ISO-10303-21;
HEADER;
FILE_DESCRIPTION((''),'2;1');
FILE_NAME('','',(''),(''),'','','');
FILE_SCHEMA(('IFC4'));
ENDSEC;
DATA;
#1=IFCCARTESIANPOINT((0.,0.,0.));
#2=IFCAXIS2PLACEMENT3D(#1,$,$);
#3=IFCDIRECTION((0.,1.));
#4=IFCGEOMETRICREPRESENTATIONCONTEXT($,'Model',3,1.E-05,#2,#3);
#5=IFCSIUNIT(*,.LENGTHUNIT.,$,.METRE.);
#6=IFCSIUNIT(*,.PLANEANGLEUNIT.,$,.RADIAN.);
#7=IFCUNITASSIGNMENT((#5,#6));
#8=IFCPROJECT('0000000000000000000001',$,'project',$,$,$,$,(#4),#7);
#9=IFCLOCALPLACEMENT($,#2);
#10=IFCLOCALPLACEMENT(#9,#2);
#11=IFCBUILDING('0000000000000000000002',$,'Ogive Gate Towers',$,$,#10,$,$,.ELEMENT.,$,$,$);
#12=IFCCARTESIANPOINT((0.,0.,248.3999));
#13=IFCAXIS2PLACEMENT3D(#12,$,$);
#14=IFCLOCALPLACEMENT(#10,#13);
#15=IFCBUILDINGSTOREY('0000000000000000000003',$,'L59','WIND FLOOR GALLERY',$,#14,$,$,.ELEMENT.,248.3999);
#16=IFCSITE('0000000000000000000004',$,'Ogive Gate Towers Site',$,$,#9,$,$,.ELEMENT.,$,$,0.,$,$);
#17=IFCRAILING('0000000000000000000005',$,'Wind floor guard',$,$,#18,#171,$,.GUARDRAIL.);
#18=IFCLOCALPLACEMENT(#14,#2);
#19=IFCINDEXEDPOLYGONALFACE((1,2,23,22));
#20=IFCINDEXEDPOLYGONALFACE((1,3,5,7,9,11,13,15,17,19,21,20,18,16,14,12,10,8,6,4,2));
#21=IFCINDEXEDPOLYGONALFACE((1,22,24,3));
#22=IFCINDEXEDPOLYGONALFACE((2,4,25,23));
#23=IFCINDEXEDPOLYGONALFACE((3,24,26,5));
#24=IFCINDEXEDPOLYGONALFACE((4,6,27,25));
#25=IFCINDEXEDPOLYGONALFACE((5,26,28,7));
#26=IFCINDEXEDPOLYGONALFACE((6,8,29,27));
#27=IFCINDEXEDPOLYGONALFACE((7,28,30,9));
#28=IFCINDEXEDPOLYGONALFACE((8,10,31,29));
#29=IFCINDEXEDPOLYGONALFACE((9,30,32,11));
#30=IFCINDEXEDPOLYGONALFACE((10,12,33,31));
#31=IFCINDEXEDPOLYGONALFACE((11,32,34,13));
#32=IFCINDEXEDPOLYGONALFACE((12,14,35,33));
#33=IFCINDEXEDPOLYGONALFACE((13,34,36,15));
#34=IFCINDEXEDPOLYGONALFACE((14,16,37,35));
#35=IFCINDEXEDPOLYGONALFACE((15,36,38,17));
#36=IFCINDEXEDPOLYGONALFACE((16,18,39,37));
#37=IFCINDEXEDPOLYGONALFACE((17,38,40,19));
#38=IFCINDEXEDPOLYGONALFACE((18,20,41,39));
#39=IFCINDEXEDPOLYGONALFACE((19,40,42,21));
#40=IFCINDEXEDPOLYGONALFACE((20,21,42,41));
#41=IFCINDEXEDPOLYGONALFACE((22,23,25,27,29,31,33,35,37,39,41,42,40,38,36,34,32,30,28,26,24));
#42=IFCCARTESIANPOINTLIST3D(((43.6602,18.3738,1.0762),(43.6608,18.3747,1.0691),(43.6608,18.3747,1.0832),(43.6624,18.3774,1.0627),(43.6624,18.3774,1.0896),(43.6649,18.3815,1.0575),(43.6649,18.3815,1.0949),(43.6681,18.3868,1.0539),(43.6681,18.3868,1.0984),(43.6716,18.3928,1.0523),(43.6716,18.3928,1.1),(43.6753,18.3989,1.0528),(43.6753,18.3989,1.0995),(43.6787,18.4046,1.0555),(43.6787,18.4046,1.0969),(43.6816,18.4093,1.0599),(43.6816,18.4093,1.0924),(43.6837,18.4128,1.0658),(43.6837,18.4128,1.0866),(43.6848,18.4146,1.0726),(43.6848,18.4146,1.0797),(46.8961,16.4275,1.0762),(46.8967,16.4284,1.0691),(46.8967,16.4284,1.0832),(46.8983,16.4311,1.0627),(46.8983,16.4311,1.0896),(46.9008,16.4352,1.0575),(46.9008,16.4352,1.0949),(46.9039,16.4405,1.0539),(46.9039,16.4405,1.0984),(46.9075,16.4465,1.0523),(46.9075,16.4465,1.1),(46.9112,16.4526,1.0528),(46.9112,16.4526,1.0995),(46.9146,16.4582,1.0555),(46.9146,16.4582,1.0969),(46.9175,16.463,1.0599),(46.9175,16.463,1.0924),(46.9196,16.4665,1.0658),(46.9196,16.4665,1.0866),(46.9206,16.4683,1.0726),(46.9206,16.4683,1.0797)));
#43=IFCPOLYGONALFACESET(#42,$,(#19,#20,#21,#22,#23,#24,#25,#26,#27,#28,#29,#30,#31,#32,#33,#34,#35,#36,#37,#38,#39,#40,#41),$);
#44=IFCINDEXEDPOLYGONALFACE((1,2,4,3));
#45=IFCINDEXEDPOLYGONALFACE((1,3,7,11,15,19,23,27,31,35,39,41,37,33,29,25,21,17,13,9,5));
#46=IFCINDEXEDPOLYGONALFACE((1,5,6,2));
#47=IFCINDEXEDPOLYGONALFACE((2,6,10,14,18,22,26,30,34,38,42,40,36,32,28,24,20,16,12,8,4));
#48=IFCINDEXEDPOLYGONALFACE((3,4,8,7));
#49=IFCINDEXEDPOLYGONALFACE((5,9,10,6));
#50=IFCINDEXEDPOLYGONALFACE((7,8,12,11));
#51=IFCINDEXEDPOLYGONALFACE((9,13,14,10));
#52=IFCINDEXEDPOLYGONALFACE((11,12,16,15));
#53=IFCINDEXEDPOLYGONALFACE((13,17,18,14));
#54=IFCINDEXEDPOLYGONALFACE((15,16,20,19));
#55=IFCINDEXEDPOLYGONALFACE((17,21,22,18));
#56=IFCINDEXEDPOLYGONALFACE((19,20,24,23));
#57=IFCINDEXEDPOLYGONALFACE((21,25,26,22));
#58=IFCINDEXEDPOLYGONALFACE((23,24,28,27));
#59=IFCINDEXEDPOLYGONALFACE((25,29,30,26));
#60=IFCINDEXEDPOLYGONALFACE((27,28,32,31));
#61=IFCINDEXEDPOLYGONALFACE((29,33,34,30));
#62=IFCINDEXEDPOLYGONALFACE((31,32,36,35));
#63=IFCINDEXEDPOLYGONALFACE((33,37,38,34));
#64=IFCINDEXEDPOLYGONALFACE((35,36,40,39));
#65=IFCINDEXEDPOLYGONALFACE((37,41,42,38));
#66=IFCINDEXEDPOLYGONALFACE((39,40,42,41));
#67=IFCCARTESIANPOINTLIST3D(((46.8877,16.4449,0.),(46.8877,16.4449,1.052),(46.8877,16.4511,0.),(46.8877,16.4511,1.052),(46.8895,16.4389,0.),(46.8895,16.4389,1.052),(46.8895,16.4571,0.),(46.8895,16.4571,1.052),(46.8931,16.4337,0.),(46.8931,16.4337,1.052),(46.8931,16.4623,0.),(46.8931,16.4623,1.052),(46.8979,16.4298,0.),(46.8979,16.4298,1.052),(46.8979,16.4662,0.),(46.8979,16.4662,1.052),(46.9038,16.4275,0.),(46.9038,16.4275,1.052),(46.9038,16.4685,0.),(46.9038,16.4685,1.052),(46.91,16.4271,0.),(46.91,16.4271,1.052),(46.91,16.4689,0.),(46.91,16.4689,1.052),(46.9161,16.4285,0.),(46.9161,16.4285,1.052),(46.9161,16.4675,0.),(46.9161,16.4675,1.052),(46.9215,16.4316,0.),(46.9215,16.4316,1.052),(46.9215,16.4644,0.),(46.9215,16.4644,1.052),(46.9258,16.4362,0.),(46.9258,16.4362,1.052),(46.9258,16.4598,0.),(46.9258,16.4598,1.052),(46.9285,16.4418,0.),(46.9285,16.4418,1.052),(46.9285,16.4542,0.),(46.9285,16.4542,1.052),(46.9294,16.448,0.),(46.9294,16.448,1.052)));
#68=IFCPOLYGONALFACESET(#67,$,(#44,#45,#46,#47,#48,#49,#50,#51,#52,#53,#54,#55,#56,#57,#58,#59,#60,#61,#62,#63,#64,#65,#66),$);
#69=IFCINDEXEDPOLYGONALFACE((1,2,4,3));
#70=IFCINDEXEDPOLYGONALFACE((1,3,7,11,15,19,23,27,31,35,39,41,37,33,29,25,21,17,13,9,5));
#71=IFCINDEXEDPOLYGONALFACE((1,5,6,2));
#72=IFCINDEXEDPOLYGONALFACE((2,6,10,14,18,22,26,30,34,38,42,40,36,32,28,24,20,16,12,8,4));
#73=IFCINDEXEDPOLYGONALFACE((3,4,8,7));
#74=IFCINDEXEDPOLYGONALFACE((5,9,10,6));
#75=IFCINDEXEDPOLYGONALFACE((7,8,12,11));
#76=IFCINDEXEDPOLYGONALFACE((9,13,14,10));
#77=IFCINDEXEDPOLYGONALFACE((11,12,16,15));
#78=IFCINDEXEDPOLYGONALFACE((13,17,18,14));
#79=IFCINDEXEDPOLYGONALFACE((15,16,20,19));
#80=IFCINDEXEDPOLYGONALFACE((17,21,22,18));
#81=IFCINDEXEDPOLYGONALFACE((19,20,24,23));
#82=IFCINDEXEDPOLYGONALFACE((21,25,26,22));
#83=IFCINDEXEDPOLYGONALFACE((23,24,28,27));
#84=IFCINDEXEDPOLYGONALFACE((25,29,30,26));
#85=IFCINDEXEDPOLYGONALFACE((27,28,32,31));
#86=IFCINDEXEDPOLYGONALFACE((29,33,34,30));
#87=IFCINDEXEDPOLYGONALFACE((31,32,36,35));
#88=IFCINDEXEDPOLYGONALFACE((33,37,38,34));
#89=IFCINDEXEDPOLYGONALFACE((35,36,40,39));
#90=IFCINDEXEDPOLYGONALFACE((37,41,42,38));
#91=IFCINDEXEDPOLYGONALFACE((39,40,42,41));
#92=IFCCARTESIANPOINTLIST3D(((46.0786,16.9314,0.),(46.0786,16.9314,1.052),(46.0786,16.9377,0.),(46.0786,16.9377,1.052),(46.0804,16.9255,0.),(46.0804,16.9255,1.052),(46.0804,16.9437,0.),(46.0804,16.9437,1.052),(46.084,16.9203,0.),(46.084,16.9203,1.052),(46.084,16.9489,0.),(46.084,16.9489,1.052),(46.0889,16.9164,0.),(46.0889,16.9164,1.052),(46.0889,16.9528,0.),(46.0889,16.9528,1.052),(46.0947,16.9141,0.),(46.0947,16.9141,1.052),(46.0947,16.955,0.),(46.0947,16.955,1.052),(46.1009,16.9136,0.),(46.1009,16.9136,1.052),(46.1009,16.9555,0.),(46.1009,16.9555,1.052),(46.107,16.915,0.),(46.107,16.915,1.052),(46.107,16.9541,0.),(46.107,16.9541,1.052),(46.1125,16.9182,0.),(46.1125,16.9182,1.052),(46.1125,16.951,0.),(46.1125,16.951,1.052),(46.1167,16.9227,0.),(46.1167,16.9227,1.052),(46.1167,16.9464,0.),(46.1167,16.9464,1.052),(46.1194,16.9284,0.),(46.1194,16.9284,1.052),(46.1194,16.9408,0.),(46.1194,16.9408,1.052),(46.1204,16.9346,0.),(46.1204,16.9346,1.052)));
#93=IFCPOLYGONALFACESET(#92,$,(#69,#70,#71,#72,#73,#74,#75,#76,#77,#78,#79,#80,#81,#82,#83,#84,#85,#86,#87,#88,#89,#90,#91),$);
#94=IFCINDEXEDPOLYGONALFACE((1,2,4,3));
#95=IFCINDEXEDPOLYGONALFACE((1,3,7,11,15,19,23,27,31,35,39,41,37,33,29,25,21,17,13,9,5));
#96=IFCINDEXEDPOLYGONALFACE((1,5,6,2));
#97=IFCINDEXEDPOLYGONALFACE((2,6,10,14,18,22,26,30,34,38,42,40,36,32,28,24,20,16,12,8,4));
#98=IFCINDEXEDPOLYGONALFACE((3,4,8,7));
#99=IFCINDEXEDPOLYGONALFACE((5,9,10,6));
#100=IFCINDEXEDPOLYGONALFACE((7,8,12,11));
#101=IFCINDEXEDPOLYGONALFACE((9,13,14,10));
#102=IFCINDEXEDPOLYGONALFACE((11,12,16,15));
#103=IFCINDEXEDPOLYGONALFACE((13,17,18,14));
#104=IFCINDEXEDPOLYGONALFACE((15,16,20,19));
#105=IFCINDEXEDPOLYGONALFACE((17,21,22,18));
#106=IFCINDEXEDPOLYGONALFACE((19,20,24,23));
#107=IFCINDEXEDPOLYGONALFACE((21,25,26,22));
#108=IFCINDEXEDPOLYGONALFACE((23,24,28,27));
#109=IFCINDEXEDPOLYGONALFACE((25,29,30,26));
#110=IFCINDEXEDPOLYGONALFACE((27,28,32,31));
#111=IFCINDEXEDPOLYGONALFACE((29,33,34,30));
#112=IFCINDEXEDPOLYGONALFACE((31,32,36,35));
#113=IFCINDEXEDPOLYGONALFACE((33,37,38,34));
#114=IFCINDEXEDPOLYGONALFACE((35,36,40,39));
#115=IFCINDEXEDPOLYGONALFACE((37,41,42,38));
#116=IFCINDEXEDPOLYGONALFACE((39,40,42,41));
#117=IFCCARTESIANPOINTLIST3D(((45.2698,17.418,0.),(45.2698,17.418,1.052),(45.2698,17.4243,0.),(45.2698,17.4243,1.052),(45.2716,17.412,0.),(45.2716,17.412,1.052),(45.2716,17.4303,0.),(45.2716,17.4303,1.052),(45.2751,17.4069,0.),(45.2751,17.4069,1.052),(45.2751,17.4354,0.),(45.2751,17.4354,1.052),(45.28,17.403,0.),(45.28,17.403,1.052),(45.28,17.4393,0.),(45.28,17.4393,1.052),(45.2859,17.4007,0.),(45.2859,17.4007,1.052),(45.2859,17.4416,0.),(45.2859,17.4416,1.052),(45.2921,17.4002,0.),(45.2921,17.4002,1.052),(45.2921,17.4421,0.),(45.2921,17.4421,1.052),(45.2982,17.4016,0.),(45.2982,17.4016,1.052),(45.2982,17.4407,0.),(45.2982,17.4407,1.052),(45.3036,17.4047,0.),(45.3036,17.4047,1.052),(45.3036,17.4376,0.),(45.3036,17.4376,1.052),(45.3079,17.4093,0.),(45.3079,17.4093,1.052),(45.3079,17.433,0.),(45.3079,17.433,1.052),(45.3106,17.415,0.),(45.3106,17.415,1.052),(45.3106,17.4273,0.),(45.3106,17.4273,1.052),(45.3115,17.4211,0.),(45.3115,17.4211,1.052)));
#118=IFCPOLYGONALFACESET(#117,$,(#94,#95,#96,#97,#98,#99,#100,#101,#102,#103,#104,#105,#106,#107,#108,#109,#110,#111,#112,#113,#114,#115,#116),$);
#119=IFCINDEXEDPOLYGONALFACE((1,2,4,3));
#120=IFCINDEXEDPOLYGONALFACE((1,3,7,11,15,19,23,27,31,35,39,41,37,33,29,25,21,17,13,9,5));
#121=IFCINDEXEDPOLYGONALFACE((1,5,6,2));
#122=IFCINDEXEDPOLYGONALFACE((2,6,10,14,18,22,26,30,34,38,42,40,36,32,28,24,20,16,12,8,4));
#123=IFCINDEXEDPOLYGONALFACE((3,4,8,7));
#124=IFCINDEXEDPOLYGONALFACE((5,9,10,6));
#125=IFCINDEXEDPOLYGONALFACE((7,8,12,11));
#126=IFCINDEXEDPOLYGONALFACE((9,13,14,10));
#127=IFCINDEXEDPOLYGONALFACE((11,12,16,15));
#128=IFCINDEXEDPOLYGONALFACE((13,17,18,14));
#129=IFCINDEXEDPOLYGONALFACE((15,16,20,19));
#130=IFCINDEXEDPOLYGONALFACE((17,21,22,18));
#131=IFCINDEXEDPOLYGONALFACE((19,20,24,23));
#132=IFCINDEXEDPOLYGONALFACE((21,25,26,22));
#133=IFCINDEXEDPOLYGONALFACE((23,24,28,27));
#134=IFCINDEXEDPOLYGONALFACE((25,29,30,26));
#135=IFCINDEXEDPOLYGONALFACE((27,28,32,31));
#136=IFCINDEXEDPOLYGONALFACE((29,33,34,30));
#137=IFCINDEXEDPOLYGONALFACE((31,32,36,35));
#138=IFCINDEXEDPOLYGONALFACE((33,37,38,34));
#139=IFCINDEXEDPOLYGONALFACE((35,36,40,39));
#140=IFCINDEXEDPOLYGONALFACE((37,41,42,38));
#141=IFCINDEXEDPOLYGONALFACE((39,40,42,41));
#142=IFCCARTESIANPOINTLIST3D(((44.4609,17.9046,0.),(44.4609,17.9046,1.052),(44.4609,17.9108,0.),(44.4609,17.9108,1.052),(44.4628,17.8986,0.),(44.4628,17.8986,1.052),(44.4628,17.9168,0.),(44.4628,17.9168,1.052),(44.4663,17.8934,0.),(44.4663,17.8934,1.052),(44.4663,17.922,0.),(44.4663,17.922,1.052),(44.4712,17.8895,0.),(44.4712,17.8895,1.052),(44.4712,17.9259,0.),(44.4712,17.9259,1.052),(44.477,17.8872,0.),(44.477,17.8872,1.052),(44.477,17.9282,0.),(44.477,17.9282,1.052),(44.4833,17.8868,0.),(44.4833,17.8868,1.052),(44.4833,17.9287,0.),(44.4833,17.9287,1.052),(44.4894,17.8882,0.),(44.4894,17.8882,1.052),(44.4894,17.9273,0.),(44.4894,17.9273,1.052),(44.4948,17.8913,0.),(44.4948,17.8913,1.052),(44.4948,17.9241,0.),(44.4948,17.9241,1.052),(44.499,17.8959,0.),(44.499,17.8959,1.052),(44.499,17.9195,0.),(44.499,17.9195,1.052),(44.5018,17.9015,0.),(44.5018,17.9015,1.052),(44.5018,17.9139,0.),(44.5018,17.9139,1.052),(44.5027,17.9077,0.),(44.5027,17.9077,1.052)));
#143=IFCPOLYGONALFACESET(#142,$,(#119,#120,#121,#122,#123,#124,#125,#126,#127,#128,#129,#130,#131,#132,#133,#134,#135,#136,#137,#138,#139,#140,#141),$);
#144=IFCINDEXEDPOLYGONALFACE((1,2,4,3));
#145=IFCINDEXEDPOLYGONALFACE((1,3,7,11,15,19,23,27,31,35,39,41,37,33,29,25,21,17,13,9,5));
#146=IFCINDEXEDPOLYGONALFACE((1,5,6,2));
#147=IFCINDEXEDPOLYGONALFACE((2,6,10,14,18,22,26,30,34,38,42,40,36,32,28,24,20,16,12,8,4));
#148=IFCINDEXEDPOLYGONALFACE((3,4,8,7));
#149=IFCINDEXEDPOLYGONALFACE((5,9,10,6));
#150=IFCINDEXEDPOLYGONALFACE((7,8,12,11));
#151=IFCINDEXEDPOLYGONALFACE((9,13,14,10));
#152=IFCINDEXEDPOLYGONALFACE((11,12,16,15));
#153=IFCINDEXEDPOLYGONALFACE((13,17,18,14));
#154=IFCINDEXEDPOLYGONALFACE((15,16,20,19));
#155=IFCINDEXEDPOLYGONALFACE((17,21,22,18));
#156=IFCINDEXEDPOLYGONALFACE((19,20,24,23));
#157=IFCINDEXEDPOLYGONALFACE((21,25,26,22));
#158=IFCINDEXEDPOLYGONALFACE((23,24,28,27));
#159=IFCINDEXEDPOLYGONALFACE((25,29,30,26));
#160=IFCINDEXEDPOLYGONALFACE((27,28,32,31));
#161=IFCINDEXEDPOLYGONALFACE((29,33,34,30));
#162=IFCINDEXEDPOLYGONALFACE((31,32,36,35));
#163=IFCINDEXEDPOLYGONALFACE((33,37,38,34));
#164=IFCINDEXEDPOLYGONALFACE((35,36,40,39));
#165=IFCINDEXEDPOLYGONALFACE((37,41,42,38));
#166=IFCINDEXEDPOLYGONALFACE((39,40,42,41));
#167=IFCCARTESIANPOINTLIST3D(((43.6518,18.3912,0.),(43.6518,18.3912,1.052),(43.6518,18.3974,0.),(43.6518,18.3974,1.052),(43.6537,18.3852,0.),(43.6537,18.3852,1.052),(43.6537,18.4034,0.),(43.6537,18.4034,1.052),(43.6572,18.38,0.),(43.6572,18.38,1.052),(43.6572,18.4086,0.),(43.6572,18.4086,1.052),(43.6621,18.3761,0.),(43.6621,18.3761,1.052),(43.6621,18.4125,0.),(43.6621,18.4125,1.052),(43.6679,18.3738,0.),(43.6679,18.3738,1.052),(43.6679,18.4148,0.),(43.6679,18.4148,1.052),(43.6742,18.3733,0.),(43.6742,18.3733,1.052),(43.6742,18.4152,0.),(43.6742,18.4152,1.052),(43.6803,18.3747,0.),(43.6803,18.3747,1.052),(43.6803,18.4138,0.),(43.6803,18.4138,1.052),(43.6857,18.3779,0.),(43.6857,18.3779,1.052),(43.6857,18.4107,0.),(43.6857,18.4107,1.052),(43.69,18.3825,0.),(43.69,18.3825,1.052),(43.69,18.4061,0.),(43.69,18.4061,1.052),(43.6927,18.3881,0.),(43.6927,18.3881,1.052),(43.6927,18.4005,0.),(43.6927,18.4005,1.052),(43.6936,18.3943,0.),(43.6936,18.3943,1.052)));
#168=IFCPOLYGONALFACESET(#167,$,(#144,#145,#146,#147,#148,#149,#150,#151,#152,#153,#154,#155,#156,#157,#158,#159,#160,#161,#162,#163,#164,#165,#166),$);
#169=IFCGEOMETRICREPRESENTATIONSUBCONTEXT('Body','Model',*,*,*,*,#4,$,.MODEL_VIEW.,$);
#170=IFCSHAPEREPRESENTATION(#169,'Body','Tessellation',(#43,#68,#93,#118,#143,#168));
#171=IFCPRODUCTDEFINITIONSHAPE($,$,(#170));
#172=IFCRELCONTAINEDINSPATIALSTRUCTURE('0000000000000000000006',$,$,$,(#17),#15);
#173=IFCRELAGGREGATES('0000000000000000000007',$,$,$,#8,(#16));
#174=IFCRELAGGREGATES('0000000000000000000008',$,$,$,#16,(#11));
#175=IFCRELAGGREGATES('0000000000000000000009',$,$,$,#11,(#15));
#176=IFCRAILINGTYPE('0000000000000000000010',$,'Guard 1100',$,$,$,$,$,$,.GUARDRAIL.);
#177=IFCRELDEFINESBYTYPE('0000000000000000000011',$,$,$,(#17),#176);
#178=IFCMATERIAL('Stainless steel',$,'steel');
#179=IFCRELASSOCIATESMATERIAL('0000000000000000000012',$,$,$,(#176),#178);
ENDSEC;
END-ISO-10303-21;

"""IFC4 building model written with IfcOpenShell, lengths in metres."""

from ifc_helpers import new_model, si_unit, direction, frame, origin, origin_2d, place, context, subcontext, project, spatial, circle, extrude, material, type_object, element, save


model = new_model("IFC4")

# Units and contexts
model_context = context("Model", 3, precision=1e-05, world=origin(), true_north=direction((0.0, 1.0)))
body_context = subcontext(model_context, "Body", "Model", "MODEL_VIEW")
ifc_project = project(units=[si_unit("LENGTHUNIT", "METRE"), si_unit("PLANEANGLEUNIT", "RADIAN")], contexts=[model_context])

# Site, building, storey
site_placement = place(None, origin())
site = spatial("IfcSite", under=ifc_project, at=site_placement, Name="Ogive Gate Towers Site", CompositionType="ELEMENT", RefElevation=0.0)
building_placement = place(site_placement, origin())
building = spatial("IfcBuilding", under=site, at=building_placement, Name="Ogive Gate Towers", CompositionType="ELEMENT")
storey_placement = place(building_placement, frame((0.0, 0.0, 248.3999)))
storey = spatial("IfcBuildingStorey", under=building, at=storey_placement, Name="L59", Description="WIND FLOOR GALLERY", CompositionType="ELEMENT", Elevation=248.3999)

# Railing
ifc_material_1 = material(Name="Stainless steel", Category="steel")
railing_type_1 = type_object("IfcRailingType", Name="Guard 1100", PredefinedType="GUARDRAIL", material=ifc_material_1)
railing_1_placement = place(storey_placement, frame((46.9084, 16.448, 0.0)))
element("IfcRailing", 1, at=railing_1_placement, inside=storey, type_object=railing_type_1, Name="Wind floor guard", PredefinedType="GUARDRAIL", context=body_context, shape_type="SweptSolid", body=[
    extrude(circle(Radius=0.0239, at=origin_2d()), frame((0.0, 0.0, 1.0762), z_axis=(-0.856933, 0.515427, 0.0), x_axis=(-0.515427, -0.856933, 0.0)), (0.0, 0.0, 1.0), 3.7761),
    extrude(circle(Radius=0.021, at=origin_2d()), origin(), (0.0, 0.0, 1.0), 1.052),
    extrude(circle(Radius=0.021, at=origin_2d()), frame((-0.8091, 0.4866, 0.0)), (0.0, 0.0, 1.0), 1.052),
    extrude(circle(Radius=0.021, at=origin_2d()), frame((-1.6179, 0.9731, 0.0)), (0.0, 0.0, 1.0), 1.052),
    extrude(circle(Radius=0.021, at=origin_2d()), frame((-2.4268, 1.4597, 0.0)), (0.0, 0.0, 1.0), 1.052),
    extrude(circle(Radius=0.021, at=origin_2d()), frame((-3.2358, 1.9463, 0.0)), (0.0, 0.0, 1.0), 1.052),
])

save(model, "model.ifc")
